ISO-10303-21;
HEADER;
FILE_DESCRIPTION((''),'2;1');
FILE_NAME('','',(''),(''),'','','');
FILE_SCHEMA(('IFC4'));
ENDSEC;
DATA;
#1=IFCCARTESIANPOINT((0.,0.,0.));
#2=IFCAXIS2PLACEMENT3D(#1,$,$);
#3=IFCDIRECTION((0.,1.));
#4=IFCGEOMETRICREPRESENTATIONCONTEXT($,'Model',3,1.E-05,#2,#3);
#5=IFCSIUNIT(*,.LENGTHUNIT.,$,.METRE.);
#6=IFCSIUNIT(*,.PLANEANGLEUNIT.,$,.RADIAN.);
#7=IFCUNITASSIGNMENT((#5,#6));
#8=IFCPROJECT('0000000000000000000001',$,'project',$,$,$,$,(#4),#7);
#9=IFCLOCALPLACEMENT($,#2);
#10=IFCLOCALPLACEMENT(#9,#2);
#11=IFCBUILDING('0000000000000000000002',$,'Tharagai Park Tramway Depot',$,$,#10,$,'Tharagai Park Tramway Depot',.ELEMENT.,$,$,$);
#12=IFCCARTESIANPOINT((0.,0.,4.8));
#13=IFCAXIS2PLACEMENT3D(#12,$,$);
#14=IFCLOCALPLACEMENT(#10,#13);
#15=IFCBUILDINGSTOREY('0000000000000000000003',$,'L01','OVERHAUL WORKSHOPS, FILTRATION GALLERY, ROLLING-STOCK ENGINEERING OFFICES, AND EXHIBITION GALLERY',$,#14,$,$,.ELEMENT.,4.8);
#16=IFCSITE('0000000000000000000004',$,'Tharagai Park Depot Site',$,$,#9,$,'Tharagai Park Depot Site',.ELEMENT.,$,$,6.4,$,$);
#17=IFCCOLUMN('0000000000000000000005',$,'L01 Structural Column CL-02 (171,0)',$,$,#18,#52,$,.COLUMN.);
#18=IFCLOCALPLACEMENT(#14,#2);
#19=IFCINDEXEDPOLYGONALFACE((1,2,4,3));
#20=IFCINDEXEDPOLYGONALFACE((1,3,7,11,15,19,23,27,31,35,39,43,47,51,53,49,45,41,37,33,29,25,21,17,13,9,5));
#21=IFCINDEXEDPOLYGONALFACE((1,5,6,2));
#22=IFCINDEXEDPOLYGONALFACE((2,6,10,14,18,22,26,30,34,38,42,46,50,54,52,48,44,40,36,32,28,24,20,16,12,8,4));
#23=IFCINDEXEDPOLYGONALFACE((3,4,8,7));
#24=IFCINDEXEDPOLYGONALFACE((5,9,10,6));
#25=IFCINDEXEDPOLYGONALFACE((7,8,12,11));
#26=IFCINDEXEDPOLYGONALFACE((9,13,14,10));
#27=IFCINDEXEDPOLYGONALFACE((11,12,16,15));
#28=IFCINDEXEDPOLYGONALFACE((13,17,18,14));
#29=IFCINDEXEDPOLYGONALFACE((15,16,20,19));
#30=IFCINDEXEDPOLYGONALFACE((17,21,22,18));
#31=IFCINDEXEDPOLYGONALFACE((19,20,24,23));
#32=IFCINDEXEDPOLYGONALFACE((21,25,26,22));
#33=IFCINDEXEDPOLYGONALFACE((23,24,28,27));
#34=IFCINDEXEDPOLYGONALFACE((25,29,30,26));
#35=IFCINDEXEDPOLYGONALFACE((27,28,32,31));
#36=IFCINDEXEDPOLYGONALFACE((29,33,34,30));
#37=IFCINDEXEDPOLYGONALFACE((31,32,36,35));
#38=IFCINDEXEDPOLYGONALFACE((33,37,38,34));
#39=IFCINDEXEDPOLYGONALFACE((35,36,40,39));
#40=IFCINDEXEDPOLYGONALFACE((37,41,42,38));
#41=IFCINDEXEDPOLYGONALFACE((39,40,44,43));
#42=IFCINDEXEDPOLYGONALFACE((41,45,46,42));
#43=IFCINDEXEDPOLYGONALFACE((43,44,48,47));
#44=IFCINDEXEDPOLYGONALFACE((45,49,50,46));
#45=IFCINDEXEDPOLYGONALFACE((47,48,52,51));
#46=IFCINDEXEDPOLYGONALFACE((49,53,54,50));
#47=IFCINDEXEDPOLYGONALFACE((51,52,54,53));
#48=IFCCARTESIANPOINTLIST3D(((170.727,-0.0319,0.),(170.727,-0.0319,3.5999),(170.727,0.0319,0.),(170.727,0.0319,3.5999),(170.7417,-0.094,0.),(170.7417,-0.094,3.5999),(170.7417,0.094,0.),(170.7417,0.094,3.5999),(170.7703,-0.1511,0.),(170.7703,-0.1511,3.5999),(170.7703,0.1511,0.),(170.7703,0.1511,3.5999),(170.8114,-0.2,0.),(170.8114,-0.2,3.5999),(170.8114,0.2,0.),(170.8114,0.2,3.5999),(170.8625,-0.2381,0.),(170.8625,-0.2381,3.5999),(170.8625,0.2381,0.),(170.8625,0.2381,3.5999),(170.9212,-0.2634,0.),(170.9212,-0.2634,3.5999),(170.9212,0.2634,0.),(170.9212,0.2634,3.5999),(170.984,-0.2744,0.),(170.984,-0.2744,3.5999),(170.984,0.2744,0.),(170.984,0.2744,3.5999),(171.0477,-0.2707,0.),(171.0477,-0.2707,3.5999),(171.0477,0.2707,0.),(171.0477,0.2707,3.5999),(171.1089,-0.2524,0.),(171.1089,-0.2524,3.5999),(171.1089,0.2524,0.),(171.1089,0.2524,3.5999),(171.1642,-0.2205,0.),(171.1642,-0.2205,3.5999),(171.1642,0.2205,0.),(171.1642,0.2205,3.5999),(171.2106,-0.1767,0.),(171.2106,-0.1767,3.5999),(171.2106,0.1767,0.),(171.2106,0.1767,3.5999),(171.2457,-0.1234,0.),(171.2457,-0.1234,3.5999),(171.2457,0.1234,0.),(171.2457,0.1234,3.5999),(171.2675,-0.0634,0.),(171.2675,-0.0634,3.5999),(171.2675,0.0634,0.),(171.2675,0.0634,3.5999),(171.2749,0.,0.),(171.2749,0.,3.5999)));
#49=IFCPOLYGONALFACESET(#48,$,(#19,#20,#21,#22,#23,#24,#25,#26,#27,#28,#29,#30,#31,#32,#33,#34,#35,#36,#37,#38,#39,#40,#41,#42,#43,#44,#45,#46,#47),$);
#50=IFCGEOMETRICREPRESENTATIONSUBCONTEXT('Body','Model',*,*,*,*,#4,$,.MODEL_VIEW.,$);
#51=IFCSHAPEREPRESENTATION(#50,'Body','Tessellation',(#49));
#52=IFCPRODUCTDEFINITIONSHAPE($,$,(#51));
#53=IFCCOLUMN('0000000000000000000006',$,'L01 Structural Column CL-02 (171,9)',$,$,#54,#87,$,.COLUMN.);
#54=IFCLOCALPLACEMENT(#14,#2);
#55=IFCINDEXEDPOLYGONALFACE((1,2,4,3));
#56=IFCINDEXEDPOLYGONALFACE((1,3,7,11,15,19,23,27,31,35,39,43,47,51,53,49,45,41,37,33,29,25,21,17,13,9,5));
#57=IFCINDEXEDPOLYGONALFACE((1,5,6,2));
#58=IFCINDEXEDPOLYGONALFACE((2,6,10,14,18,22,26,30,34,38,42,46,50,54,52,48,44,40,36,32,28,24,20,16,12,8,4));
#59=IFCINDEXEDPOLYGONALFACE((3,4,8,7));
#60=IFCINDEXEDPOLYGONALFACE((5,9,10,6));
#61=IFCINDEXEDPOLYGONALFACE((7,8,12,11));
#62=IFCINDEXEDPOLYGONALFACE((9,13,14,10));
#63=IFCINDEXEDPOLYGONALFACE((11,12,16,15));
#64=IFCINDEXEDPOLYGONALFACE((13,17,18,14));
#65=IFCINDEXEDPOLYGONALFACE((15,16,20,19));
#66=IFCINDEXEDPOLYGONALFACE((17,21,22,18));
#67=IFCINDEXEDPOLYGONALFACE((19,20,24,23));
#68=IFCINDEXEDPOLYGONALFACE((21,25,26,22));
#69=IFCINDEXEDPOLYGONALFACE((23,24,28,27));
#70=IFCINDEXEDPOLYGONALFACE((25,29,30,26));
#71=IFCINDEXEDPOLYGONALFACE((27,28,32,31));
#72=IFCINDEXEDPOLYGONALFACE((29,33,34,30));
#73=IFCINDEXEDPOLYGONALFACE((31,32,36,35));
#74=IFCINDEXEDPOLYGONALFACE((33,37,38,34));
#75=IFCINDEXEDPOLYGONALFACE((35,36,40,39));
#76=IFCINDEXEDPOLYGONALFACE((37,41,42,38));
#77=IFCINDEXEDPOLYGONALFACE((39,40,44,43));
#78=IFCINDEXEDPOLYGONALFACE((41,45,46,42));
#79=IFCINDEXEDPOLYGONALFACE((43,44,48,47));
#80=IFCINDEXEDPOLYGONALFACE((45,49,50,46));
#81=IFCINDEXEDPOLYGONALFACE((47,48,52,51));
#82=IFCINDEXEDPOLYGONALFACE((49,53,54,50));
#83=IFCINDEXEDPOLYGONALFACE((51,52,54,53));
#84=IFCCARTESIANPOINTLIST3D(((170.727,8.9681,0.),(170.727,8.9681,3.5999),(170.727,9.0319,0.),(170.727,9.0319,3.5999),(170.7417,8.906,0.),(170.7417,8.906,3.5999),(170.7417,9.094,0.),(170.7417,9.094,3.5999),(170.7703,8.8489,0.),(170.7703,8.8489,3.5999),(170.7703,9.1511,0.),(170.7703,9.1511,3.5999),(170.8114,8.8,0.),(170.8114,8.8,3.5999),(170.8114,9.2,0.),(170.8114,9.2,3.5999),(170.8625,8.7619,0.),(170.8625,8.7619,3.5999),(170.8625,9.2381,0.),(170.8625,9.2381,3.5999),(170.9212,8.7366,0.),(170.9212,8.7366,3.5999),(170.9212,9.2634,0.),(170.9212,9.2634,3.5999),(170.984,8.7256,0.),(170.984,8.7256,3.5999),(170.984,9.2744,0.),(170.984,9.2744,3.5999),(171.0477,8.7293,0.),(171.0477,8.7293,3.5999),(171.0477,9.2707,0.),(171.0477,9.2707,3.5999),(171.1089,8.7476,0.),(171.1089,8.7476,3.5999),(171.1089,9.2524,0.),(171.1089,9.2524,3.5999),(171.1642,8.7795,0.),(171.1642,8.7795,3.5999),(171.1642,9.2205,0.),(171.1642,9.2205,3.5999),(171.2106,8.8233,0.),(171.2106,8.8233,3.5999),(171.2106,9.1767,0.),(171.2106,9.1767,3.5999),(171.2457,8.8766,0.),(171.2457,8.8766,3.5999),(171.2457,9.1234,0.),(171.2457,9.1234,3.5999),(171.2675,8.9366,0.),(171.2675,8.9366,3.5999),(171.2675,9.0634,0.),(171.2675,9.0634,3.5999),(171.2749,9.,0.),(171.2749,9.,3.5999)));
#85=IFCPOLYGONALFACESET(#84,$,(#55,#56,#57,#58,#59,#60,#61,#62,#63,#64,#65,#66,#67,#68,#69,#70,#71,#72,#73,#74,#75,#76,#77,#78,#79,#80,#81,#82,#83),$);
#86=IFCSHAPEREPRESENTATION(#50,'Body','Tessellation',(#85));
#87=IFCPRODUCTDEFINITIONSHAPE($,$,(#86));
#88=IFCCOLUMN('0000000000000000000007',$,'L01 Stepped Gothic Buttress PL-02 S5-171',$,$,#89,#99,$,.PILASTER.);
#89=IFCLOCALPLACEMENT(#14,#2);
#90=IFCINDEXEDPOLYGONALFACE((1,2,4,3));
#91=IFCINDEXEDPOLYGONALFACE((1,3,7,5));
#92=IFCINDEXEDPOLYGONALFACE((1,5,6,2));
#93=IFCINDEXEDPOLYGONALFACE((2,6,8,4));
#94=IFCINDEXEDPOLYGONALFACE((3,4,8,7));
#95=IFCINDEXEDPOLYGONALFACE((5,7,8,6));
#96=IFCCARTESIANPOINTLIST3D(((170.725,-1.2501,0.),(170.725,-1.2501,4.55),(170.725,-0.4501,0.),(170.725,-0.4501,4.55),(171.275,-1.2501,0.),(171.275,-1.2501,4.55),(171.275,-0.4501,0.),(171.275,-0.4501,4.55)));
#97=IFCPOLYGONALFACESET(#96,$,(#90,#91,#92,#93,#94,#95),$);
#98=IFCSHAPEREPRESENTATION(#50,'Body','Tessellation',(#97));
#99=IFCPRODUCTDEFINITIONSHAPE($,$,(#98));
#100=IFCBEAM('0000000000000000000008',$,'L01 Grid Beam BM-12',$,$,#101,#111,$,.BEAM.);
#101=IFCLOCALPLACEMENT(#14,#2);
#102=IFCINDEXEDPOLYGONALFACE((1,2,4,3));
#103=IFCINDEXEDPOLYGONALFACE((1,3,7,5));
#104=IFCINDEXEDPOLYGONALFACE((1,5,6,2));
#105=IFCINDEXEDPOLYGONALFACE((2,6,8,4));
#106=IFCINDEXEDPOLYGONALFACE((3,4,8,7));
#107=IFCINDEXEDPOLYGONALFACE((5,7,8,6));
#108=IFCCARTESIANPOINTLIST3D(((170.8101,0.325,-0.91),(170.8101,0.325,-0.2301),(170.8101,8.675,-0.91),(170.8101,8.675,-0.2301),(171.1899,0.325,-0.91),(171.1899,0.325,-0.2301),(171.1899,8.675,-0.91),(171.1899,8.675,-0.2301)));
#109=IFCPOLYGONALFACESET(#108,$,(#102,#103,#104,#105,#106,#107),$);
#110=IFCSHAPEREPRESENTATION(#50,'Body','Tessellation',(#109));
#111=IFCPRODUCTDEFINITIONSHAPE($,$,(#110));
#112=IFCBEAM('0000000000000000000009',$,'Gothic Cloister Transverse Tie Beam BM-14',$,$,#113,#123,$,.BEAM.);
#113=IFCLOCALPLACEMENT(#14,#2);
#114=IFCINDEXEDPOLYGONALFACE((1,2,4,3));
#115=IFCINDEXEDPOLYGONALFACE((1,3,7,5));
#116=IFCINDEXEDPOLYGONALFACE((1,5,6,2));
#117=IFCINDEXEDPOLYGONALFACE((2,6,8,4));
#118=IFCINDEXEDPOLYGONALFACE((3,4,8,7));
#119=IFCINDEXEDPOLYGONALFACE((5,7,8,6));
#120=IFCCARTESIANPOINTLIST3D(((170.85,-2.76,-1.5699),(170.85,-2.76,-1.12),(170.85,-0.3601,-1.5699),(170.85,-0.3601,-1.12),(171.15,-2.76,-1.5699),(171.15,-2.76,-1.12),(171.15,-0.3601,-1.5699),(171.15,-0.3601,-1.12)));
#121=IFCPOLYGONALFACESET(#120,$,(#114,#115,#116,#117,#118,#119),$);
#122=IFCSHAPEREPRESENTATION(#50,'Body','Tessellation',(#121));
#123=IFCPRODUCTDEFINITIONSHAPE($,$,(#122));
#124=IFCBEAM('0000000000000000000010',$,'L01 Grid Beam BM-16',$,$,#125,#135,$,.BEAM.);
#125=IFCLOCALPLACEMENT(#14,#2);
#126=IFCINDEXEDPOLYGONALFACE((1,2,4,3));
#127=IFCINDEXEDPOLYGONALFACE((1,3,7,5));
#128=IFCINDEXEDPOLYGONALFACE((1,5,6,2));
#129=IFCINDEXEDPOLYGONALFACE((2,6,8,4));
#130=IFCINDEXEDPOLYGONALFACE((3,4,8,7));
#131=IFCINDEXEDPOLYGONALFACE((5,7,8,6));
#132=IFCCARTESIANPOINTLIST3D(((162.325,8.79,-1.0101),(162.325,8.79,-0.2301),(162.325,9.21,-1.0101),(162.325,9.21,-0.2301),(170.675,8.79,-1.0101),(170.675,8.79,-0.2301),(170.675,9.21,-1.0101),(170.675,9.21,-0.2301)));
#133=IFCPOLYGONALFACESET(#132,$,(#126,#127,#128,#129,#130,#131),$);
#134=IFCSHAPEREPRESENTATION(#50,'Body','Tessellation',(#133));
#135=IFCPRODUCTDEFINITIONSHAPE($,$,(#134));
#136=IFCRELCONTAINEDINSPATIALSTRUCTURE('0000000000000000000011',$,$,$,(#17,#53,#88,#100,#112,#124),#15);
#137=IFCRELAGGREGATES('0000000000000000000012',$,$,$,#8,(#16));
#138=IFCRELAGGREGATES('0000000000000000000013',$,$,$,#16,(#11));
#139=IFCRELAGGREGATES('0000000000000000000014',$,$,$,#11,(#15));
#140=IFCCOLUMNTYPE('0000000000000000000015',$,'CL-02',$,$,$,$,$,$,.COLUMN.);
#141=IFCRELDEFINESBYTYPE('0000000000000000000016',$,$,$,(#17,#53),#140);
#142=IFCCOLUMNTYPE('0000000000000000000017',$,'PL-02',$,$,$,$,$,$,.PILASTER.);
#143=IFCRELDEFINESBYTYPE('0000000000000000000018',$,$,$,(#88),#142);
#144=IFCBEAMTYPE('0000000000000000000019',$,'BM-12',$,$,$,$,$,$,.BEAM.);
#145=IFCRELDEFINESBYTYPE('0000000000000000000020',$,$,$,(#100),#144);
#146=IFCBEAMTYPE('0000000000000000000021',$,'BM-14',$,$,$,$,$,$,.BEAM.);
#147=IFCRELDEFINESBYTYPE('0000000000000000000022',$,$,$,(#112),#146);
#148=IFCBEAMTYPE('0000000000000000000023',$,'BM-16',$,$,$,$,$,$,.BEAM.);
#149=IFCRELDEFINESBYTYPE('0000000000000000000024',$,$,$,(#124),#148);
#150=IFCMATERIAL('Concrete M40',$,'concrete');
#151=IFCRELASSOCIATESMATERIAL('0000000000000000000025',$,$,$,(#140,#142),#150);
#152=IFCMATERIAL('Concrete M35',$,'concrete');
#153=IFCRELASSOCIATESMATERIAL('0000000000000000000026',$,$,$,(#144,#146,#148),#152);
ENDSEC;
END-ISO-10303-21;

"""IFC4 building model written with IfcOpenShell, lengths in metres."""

from ifc_helpers import new_model, si_unit, direction, frame, origin, origin_2d, place, context, subcontext, project, spatial, rectangle, circle, extrude, material, material_profile, profile_set, type_object, element, save


model = new_model("IFC4")

# Units and contexts
model_context = context("Model", 3, precision=1e-05, world=origin(), true_north=direction((0.0, 1.0)))
body_context = subcontext(model_context, "Body", "Model", "MODEL_VIEW")
ifc_project = project(units=[si_unit("LENGTHUNIT", "METRE"), si_unit("PLANEANGLEUNIT", "RADIAN")], contexts=[model_context])

# Site, building, storey
site_placement = place(None, origin())
site = spatial("IfcSite", under=ifc_project, at=site_placement, Name="Tharagai Park Depot Site", LongName="Tharagai Park Depot Site", CompositionType="ELEMENT", RefElevation=6.4)
building_placement = place(site_placement, origin())
building = spatial("IfcBuilding", under=site, at=building_placement, Name="Tharagai Park Tramway Depot", LongName="Tharagai Park Tramway Depot", CompositionType="ELEMENT")
storey_placement = place(building_placement, frame((0.0, 0.0, 4.8)))
storey = spatial("IfcBuildingStorey", under=building, at=storey_placement, Name="L01", Description="OVERHAUL WORKSHOPS, FILTRATION GALLERY, ROLLING-STOCK ENGINEERING OFFICES, AND EXHIBITION GALLERY", CompositionType="ELEMENT", Elevation=4.8)

# Columns
ifc_material_1 = material(Name="Concrete M40", Category="concrete")
ifc_material_profile_1 = material_profile(ifc_material_1, circle(Radius=0.2749, at=origin_2d()), Name="RC D550")
ifc_profile_set_1 = profile_set([ifc_material_profile_1], Name="Concrete M40")
column_type_1 = type_object("IfcColumnType", Name="CL-02", PredefinedType="COLUMN", material=ifc_profile_set_1)
for number, where, z_axis, x_axis, name in (
    (1, (171.0, 0.0, 0.0), (0.0, 0.0, 1.0), (1.0, 0.0, 0.0), "L01 Structural Column CL-02 (171,0)"),
    (2, (171.0, 9.0, 0.0), (0.0, 0.0, 1.0), (1.0, 0.0, 0.0), "L01 Structural Column CL-02 (171,9)"),
):
    element("IfcColumn", number, at=place(storey_placement, frame(where, z_axis=z_axis, x_axis=x_axis)), inside=storey, type_object=column_type_1, Name=name, PredefinedType="COLUMN", context=body_context, shape_type="SweptSolid", body=[
        extrude(circle(Radius=0.2749, at=origin_2d()), origin(), (0.0, 0.0, 1.0), 3.5999),
    ])
ifc_material_profile_2 = material_profile(ifc_material_1, rectangle(XDim=0.55, YDim=0.8, at=origin_2d()), Name="RC 550x800")
ifc_profile_set_2 = profile_set([ifc_material_profile_2], Name="Concrete M40")
column_type_2 = type_object("IfcColumnType", Name="PL-02", PredefinedType="PILASTER", material=ifc_profile_set_2)
column_placement = place(storey_placement, frame((171.0, -0.8501, 0.0), z_axis=(0.0, 0.0, 1.0), x_axis=(1.0, 0.0, 0.0)))
element("IfcColumn", 3, at=column_placement, inside=storey, type_object=column_type_2, Name="L01 Stepped Gothic Buttress PL-02 S5-171", PredefinedType="PILASTER", context=body_context, shape_type="SweptSolid", body=[
    extrude(rectangle(XDim=0.55, YDim=0.8, at=origin_2d()), origin(), (0.0, 0.0, 1.0), 4.55),
])

# Beams
ifc_material_2 = material(Name="Concrete M35", Category="concrete")
ifc_material_profile_3 = material_profile(ifc_material_2, rectangle(XDim=0.3799, YDim=0.6799, at=origin_2d()), Name="RC 380x680")
ifc_profile_set_3 = profile_set([ifc_material_profile_3], Name="Concrete M35")
beam_type_1 = type_object("IfcBeamType", Name="BM-12", PredefinedType="BEAM", material=ifc_profile_set_3)
beam_1_placement = place(storey_placement, frame((171.0, 0.325, -0.5701), z_axis=(0.0, 1.0, 0.0), x_axis=(-1.0, 0.0, 0.0)))
element("IfcBeam", 4, at=beam_1_placement, inside=storey, type_object=beam_type_1, Name="L01 Grid Beam BM-12", PredefinedType="BEAM", context=body_context, shape_type="SweptSolid", body=[
    extrude(rectangle(XDim=0.3799, YDim=0.6799, at=origin_2d()), origin(), (0.0, 0.0, 1.0), 8.3501),
])
ifc_material_profile_4 = material_profile(ifc_material_2, rectangle(XDim=0.3, YDim=0.45, at=origin_2d()), Name="RC 300x450")
ifc_profile_set_4 = profile_set([ifc_material_profile_4], Name="Concrete M35")
beam_type_2 = type_object("IfcBeamType", Name="BM-14", PredefinedType="BEAM", material=ifc_profile_set_4)
beam_2_placement = place(storey_placement, frame((171.0, -2.76, -1.345), z_axis=(0.0, 1.0, 0.0), x_axis=(-1.0, 0.0, 0.0)))
element("IfcBeam", 5, at=beam_2_placement, inside=storey, type_object=beam_type_2, Name="Gothic Cloister Transverse Tie Beam BM-14", PredefinedType="BEAM", context=body_context, shape_type="SweptSolid", body=[
    extrude(rectangle(XDim=0.3, YDim=0.45, at=origin_2d()), origin(), (0.0, 0.0, 1.0), 2.3999),
])
ifc_material_profile_5 = material_profile(ifc_material_2, rectangle(XDim=0.4199, YDim=0.78, at=origin_2d()), Name="RC 420x780")
ifc_profile_set_5 = profile_set([ifc_material_profile_5], Name="Concrete M35")
beam_type_3 = type_object("IfcBeamType", Name="BM-16", PredefinedType="BEAM", material=ifc_profile_set_5)
beam_3_placement = place(storey_placement, frame((162.325, 9.0, -0.6201), z_axis=(1.0, 0.0, 0.0), x_axis=(0.0, 1.0, 0.0)))
element("IfcBeam", 6, at=beam_3_placement, inside=storey, type_object=beam_type_3, Name="L01 Grid Beam BM-16", PredefinedType="BEAM", context=body_context, shape_type="SweptSolid", body=[
    extrude(rectangle(XDim=0.4199, YDim=0.78, at=origin_2d()), origin(), (0.0, 0.0, 1.0), 8.3501),
])

save(model, "model.ifc")
